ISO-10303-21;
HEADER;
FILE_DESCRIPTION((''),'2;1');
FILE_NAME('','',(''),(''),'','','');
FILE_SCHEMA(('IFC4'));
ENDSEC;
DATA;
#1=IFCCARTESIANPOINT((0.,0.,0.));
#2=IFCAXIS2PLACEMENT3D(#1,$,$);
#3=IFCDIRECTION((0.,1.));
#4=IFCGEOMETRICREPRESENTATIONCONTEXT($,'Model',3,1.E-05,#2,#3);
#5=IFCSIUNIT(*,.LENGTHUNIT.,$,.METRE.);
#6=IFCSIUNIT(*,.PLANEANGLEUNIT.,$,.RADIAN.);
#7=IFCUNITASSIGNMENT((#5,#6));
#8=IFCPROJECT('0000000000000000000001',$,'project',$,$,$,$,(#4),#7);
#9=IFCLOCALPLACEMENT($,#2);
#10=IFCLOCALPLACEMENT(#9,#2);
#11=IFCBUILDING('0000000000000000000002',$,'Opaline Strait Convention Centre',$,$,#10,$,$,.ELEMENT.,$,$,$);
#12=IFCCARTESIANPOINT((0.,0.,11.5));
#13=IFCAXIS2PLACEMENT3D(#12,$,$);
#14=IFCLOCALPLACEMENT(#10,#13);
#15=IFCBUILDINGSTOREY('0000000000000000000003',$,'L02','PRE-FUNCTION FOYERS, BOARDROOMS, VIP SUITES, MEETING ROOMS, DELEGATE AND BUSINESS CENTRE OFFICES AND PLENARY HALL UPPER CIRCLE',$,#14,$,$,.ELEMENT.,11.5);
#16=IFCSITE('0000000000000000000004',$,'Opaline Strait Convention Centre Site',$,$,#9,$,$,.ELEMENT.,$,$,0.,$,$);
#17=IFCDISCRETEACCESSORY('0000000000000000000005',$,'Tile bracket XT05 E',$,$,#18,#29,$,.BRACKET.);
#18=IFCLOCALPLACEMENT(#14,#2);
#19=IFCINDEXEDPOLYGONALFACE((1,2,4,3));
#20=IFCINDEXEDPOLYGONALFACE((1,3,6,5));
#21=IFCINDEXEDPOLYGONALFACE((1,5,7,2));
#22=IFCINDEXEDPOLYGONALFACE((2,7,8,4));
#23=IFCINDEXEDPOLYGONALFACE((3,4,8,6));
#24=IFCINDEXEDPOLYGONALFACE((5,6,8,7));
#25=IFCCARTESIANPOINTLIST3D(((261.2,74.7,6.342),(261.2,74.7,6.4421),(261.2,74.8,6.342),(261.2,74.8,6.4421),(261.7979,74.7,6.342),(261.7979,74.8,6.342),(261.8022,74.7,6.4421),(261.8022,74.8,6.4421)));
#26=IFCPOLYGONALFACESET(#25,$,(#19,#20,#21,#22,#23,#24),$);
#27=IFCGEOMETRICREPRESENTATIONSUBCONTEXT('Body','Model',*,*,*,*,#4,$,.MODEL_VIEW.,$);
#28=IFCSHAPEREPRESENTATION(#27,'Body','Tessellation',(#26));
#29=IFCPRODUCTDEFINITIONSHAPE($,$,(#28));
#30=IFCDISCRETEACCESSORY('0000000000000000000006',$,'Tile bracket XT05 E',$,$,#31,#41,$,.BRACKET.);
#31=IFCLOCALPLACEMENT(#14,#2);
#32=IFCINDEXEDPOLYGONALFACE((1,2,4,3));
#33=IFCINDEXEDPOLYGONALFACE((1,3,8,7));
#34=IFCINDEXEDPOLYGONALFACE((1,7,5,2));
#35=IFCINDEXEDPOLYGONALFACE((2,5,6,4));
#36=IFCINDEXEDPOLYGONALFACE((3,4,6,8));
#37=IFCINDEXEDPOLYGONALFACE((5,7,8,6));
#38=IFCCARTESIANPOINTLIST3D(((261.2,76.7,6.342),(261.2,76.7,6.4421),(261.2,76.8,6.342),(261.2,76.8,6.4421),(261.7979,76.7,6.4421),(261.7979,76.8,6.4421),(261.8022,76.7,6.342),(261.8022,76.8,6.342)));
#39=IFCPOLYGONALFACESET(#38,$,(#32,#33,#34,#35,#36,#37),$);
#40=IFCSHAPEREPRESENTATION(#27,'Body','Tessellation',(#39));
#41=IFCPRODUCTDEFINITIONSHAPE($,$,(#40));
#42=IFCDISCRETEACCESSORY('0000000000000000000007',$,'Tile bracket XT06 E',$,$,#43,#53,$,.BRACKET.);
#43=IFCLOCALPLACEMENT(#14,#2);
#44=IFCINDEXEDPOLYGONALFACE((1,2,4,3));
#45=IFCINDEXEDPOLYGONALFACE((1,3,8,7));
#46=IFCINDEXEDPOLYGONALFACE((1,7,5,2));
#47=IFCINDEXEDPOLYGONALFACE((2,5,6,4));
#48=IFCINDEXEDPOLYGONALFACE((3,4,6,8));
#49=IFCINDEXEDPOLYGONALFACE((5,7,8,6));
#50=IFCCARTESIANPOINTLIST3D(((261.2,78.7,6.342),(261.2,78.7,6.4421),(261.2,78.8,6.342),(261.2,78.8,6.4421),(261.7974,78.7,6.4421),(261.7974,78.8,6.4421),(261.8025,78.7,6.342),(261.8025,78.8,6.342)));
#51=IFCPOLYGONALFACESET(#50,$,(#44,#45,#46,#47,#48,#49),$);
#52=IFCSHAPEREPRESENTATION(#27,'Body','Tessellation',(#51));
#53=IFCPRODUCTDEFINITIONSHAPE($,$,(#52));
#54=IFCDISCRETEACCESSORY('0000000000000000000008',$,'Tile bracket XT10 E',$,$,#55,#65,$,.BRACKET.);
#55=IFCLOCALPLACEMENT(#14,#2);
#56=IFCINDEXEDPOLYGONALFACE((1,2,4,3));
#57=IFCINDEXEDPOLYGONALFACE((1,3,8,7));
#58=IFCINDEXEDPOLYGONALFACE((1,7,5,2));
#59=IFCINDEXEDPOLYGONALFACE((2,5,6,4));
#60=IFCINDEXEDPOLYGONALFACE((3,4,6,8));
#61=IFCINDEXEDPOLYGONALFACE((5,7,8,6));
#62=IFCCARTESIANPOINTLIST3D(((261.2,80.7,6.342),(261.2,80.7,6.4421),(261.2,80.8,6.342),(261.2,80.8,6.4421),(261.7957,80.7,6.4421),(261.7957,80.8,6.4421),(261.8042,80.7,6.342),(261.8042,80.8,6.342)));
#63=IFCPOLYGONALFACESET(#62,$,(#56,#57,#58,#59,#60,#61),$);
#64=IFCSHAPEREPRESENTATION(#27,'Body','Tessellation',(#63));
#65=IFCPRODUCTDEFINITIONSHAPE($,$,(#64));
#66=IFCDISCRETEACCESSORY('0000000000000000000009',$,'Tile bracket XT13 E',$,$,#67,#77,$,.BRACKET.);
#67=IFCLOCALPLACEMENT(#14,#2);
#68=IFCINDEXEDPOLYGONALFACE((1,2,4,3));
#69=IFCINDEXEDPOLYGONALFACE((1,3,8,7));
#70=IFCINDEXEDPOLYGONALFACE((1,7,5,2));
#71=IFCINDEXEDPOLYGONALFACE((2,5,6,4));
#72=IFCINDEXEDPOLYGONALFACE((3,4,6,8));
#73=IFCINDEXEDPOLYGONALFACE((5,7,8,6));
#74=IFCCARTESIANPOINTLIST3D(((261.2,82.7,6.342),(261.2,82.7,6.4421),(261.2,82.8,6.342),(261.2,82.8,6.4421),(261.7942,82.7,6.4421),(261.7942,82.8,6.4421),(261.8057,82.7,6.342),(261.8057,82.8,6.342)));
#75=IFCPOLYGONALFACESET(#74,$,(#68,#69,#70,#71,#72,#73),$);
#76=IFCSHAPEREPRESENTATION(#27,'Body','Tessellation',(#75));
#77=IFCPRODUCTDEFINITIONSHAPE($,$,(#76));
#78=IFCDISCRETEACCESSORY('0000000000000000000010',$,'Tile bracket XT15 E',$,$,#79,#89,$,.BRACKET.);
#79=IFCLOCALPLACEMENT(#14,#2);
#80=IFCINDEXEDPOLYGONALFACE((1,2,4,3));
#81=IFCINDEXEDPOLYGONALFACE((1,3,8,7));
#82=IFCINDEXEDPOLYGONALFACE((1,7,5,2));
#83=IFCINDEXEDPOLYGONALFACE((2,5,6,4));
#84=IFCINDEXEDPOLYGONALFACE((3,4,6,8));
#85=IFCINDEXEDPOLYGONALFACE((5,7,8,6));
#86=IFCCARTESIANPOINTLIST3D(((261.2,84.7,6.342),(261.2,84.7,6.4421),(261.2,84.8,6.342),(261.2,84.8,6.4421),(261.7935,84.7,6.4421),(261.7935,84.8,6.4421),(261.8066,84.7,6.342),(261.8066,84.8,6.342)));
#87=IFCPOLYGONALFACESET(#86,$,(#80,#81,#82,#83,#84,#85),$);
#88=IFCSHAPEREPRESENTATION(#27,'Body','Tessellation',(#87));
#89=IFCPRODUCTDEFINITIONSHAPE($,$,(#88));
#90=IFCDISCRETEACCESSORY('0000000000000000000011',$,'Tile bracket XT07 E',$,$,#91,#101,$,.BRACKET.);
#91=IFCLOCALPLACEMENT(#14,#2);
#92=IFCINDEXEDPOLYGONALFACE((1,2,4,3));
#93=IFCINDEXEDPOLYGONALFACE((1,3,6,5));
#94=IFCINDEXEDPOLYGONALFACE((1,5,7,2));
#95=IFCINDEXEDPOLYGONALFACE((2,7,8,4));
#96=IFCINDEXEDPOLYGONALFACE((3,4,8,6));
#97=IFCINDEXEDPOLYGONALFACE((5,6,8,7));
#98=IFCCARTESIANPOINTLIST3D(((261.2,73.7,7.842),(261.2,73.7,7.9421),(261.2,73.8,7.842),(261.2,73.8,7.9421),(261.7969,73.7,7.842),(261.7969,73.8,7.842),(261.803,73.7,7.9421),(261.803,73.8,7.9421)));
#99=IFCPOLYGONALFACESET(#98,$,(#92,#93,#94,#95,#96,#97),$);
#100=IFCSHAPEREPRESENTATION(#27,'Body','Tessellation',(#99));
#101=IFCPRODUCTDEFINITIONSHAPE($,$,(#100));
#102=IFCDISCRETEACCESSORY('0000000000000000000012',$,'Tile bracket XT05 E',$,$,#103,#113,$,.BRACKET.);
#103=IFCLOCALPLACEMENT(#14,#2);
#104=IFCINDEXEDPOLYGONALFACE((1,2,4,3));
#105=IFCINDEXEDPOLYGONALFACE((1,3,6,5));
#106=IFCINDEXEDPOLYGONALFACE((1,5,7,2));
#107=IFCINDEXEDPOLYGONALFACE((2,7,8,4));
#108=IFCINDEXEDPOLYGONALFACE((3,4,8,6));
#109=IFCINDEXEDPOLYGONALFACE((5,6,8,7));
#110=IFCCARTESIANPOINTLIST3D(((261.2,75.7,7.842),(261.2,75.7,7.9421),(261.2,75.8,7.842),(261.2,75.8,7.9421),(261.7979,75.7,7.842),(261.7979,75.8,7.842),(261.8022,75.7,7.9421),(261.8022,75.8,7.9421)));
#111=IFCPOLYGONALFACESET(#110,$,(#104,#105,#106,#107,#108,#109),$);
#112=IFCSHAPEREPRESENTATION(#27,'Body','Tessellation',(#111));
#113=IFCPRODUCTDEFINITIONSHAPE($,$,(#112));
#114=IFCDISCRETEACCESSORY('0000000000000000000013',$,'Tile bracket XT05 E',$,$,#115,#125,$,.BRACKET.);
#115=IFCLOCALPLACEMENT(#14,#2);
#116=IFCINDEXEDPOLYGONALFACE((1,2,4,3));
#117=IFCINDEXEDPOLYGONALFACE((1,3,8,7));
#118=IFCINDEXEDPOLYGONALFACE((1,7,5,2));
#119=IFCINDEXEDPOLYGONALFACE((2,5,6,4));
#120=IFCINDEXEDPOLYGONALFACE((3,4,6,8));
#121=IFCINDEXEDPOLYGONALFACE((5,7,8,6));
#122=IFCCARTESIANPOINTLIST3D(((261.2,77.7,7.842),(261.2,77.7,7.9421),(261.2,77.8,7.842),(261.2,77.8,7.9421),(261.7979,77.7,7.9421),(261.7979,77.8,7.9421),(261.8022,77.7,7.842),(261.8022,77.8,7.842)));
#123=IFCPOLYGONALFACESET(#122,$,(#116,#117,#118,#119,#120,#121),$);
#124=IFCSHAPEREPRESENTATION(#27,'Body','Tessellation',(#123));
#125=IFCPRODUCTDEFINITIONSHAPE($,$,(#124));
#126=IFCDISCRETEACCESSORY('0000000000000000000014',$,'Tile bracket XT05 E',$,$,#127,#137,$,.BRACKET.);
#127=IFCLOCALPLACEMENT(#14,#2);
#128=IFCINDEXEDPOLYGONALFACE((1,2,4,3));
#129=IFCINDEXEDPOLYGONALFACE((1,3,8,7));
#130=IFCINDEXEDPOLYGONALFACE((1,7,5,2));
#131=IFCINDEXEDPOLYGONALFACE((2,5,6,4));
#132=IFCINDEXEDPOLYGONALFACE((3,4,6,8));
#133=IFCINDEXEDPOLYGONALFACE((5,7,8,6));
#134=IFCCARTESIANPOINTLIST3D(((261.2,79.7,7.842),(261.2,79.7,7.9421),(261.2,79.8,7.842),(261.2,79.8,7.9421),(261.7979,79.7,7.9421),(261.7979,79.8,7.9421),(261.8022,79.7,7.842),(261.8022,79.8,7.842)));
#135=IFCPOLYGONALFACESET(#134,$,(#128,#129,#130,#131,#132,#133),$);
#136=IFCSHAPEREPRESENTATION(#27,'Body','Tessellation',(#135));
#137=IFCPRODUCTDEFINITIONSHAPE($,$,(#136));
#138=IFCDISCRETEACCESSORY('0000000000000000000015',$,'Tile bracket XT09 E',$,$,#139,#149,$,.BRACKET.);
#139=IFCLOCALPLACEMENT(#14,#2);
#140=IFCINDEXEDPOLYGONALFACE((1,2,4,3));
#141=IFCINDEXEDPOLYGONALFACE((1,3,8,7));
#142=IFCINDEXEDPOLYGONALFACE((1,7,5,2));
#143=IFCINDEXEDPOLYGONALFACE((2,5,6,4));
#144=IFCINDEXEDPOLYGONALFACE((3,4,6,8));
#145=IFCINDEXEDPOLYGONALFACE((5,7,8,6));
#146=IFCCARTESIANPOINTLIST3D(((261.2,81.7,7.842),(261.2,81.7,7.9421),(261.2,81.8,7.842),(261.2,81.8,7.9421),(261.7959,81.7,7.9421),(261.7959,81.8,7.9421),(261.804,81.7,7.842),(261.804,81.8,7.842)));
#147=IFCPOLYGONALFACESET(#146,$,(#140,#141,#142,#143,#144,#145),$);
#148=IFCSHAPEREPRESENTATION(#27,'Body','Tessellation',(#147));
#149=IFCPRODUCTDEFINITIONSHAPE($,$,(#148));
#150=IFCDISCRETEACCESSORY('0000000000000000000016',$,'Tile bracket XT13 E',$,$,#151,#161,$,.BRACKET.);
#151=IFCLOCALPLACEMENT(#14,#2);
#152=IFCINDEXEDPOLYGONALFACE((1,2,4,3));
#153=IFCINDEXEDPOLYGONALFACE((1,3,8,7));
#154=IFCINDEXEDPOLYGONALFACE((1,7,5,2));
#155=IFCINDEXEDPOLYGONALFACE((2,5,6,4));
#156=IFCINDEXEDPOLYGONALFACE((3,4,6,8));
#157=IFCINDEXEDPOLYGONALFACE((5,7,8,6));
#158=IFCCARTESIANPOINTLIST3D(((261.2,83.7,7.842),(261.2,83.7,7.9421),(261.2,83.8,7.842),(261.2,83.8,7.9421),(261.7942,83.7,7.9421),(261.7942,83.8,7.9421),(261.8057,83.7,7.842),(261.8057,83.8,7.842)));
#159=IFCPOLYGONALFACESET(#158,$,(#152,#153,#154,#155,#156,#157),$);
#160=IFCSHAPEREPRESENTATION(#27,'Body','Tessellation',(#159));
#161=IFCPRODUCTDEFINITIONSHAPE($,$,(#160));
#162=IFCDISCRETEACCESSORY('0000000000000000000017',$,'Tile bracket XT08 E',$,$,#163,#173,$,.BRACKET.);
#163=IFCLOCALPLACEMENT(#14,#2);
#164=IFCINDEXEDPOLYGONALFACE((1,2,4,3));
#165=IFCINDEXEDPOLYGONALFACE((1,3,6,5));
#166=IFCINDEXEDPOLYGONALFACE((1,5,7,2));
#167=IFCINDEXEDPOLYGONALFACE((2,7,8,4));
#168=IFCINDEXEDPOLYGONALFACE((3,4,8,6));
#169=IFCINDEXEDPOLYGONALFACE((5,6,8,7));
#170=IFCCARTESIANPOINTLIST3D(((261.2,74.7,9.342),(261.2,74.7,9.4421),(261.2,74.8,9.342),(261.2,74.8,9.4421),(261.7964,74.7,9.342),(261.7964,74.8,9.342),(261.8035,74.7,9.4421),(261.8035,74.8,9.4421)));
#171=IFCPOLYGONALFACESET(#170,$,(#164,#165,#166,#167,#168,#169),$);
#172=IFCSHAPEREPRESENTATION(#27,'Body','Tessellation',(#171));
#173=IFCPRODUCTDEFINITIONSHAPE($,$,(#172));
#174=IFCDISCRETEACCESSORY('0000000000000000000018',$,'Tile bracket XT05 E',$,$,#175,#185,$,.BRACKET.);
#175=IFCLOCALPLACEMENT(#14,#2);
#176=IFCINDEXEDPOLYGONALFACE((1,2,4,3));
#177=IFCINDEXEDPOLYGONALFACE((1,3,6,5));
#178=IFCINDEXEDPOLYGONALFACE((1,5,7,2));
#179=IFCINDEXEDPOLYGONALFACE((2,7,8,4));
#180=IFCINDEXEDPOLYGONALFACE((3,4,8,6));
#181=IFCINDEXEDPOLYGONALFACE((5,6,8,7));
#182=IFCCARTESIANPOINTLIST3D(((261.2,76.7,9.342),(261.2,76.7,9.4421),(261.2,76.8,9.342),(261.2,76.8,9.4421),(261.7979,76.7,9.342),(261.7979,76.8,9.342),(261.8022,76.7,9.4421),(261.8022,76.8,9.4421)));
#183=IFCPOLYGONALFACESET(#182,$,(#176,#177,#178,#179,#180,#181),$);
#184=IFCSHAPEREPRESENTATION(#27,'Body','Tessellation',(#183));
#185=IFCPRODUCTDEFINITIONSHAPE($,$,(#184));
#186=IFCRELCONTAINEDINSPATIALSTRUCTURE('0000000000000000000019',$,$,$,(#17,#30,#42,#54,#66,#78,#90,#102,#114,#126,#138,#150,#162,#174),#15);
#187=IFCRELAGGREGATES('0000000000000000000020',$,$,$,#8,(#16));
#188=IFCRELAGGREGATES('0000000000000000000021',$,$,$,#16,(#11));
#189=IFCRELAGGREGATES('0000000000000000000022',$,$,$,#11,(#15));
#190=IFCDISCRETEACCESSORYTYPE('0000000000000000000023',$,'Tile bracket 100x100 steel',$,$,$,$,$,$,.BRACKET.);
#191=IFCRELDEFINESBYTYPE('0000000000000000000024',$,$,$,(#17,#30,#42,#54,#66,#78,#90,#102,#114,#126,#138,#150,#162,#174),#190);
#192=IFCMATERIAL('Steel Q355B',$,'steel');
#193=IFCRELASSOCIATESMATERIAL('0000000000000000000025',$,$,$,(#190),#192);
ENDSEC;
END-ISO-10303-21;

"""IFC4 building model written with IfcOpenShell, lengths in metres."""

from ifc_helpers import new_model, si_unit, direction, frame, origin, place, context, subcontext, project, spatial, polyline, outline, extrude, material, type_object, element, save


model = new_model("IFC4")

# Units and contexts
model_context = context("Model", 3, precision=1e-05, world=origin(), true_north=direction((0.0, 1.0)))
body_context = subcontext(model_context, "Body", "Model", "MODEL_VIEW")
ifc_project = project(units=[si_unit("LENGTHUNIT", "METRE"), si_unit("PLANEANGLEUNIT", "RADIAN")], contexts=[model_context])

# Site, building, storey
site_placement = place(None, origin())
site = spatial("IfcSite", under=ifc_project, at=site_placement, Name="Opaline Strait Convention Centre Site", CompositionType="ELEMENT", RefElevation=0.0)
building_placement = place(site_placement, origin())
building = spatial("IfcBuilding", under=site, at=building_placement, Name="Opaline Strait Convention Centre", CompositionType="ELEMENT")
storey_placement = place(building_placement, frame((0.0, 0.0, 11.5)))
storey = spatial("IfcBuildingStorey", under=building, at=storey_placement, Name="L02", Description="PRE-FUNCTION FOYERS, BOARDROOMS, VIP SUITES, MEETING ROOMS, DELEGATE AND BUSINESS CENTRE OFFICES AND PLENARY HALL UPPER CIRCLE", CompositionType="ELEMENT", Elevation=11.5)

# Shared definitions
ifc_material_1 = material(Name="Steel Q355B", Category="steel")

# Discrete accessories
discrete_accessory_type = type_object("IfcDiscreteAccessoryType", Name="Tile bracket 100x100 steel", PredefinedType="BRACKET", material=ifc_material_1)
discrete_accessory_1_placement = place(storey_placement, frame((261.2, 74.7, 6.3921), z_axis=(0.0, 1.0, 0.0), x_axis=(-1.0, 0.0, 0.0)))
element("IfcDiscreteAccessory", 1, at=discrete_accessory_1_placement, inside=storey, type_object=discrete_accessory_type, Name="Tile bracket XT05 E", PredefinedType="BRACKET", context=body_context, shape_type="SweptSolid", body=[
    extrude(outline(polyline([(0.0, -0.05), (0.0, 0.05), (-0.6023, 0.05), (-0.5979, -0.05), (0.0, -0.05)])), origin(), (0.0, 0.0, 1.0), 0.1001),
])
discrete_accessory_2_placement = place(storey_placement, frame((261.2, 76.7, 6.3921), z_axis=(0.0, 1.0, 0.0), x_axis=(-1.0, 0.0, 0.0)))
element("IfcDiscreteAccessory", 2, at=discrete_accessory_2_placement, inside=storey, type_object=discrete_accessory_type, Name="Tile bracket XT05 E", PredefinedType="BRACKET", context=body_context, shape_type="SweptSolid", body=[
    extrude(outline(polyline([(0.0, -0.05), (0.0, 0.05), (-0.5979, 0.05), (-0.6023, -0.05), (0.0, -0.05)])), origin(), (0.0, 0.0, 1.0), 0.1001),
])
discrete_accessory_3_placement = place(storey_placement, frame((261.2, 78.7, 6.3921), z_axis=(0.0, 1.0, 0.0), x_axis=(-1.0, 0.0, 0.0)))
element("IfcDiscreteAccessory", 3, at=discrete_accessory_3_placement, inside=storey, type_object=discrete_accessory_type, Name="Tile bracket XT06 E", PredefinedType="BRACKET", context=body_context, shape_type="SweptSolid", body=[
    extrude(outline(polyline([(0.0, -0.05), (0.0, 0.05), (-0.5974, 0.05), (-0.6025, -0.05), (0.0, -0.05)])), origin(), (0.0, 0.0, 1.0), 0.1001),
])
discrete_accessory_4_placement = place(storey_placement, frame((261.2, 80.7, 6.3921), z_axis=(0.0, 1.0, 0.0), x_axis=(-1.0, 0.0, 0.0)))
element("IfcDiscreteAccessory", 4, at=discrete_accessory_4_placement, inside=storey, type_object=discrete_accessory_type, Name="Tile bracket XT10 E", PredefinedType="BRACKET", context=body_context, shape_type="SweptSolid", body=[
    extrude(outline(polyline([(0.0, -0.05), (0.0, 0.05), (-0.5957, 0.05), (-0.6042, -0.05), (0.0, -0.05)])), origin(), (0.0, 0.0, 1.0), 0.1001),
])
discrete_accessory_5_placement = place(storey_placement, frame((261.2, 82.7, 6.3921), z_axis=(0.0, 1.0, 0.0), x_axis=(-1.0, 0.0, 0.0)))
element("IfcDiscreteAccessory", 5, at=discrete_accessory_5_placement, inside=storey, type_object=discrete_accessory_type, Name="Tile bracket XT13 E", PredefinedType="BRACKET", context=body_context, shape_type="SweptSolid", body=[
    extrude(outline(polyline([(0.0, -0.05), (0.0, 0.05), (-0.5942, 0.05), (-0.6057, -0.05), (0.0, -0.05)])), origin(), (0.0, 0.0, 1.0), 0.1001),
])
discrete_accessory_6_placement = place(storey_placement, frame((261.2, 84.7, 6.3921), z_axis=(0.0, 1.0, 0.0), x_axis=(-1.0, 0.0, 0.0)))
element("IfcDiscreteAccessory", 6, at=discrete_accessory_6_placement, inside=storey, type_object=discrete_accessory_type, Name="Tile bracket XT15 E", PredefinedType="BRACKET", context=body_context, shape_type="SweptSolid", body=[
    extrude(outline(polyline([(0.0, -0.05), (0.0, 0.05), (-0.5935, 0.05), (-0.6067, -0.05), (0.0, -0.05)])), origin(), (0.0, 0.0, 1.0), 0.1001),
])
discrete_accessory_7_placement = place(storey_placement, frame((261.2, 73.7, 7.8921), z_axis=(0.0, 1.0, 0.0), x_axis=(-1.0, 0.0, 0.0)))
element("IfcDiscreteAccessory", 7, at=discrete_accessory_7_placement, inside=storey, type_object=discrete_accessory_type, Name="Tile bracket XT07 E", PredefinedType="BRACKET", context=body_context, shape_type="SweptSolid", body=[
    extrude(outline(polyline([(0.0, -0.05), (0.0, 0.05), (-0.603, 0.05), (-0.5969, -0.05), (0.0, -0.05)])), origin(), (0.0, 0.0, 1.0), 0.1001),
])
discrete_accessory_8_placement = place(storey_placement, frame((261.2, 75.7, 7.8921), z_axis=(0.0, 1.0, 0.0), x_axis=(-1.0, 0.0, 0.0)))
element("IfcDiscreteAccessory", 8, at=discrete_accessory_8_placement, inside=storey, type_object=discrete_accessory_type, Name="Tile bracket XT05 E", PredefinedType="BRACKET", context=body_context, shape_type="SweptSolid", body=[
    extrude(outline(polyline([(0.0, -0.05), (0.0, 0.05), (-0.6023, 0.05), (-0.5979, -0.05), (0.0, -0.05)])), origin(), (0.0, 0.0, 1.0), 0.1001),
])
for number, where, z_axis, x_axis, name in (
    (9, (261.2, 77.7, 7.8921), (0.0, 1.0, 0.0), (-1.0, 0.0, 0.0), "Tile bracket XT05 E"),
    (10, (261.2, 79.7, 7.8921), (0.0, 1.0, 0.0), (-1.0, 0.0, 0.0), "Tile bracket XT05 E"),
):
    element("IfcDiscreteAccessory", number, at=place(storey_placement, frame(where, z_axis=z_axis, x_axis=x_axis)), inside=storey, type_object=discrete_accessory_type, Name=name, PredefinedType="BRACKET", context=body_context, shape_type="SweptSolid", body=[
        extrude(outline(polyline([(0.0, -0.05), (0.0, 0.05), (-0.5979, 0.05), (-0.6023, -0.05), (0.0, -0.05)])), origin(), (0.0, 0.0, 1.0), 0.1001),
    ])
discrete_accessory_9_placement = place(storey_placement, frame((261.2, 81.7, 7.8921), z_axis=(0.0, 1.0, 0.0), x_axis=(-1.0, 0.0, 0.0)))
element("IfcDiscreteAccessory", 11, at=discrete_accessory_9_placement, inside=storey, type_object=discrete_accessory_type, Name="Tile bracket XT09 E", PredefinedType="BRACKET", context=body_context, shape_type="SweptSolid", body=[
    extrude(outline(polyline([(0.0, -0.05), (0.0, 0.05), (-0.5959, 0.05), (-0.604, -0.05), (0.0, -0.05)])), origin(), (0.0, 0.0, 1.0), 0.1001),
])
discrete_accessory_10_placement = place(storey_placement, frame((261.2, 83.7, 7.8921), z_axis=(0.0, 1.0, 0.0), x_axis=(-1.0, 0.0, 0.0)))
element("IfcDiscreteAccessory", 12, at=discrete_accessory_10_placement, inside=storey, type_object=discrete_accessory_type, Name="Tile bracket XT13 E", PredefinedType="BRACKET", context=body_context, shape_type="SweptSolid", body=[
    extrude(outline(polyline([(0.0, -0.05), (0.0, 0.05), (-0.5942, 0.05), (-0.6057, -0.05), (0.0, -0.05)])), origin(), (0.0, 0.0, 1.0), 0.1001),
])
discrete_accessory_11_placement = place(storey_placement, frame((261.2, 74.7, 9.3921), z_axis=(0.0, 1.0, 0.0), x_axis=(-1.0, 0.0, 0.0)))
element("IfcDiscreteAccessory", 13, at=discrete_accessory_11_placement, inside=storey, type_object=discrete_accessory_type, Name="Tile bracket XT08 E", PredefinedType="BRACKET", context=body_context, shape_type="SweptSolid", body=[
    extrude(outline(polyline([(0.0, -0.05), (0.0, 0.05), (-0.6035, 0.05), (-0.5964, -0.05), (0.0, -0.05)])), origin(), (0.0, 0.0, 1.0), 0.1001),
])
discrete_accessory_12_placement = place(storey_placement, frame((261.2, 76.7, 9.3921), z_axis=(0.0, 1.0, 0.0), x_axis=(-1.0, 0.0, 0.0)))
element("IfcDiscreteAccessory", 14, at=discrete_accessory_12_placement, inside=storey, type_object=discrete_accessory_type, Name="Tile bracket XT05 E", PredefinedType="BRACKET", context=body_context, shape_type="SweptSolid", body=[
    extrude(outline(polyline([(0.0, -0.05), (0.0, 0.05), (-0.6023, 0.05), (-0.5979, -0.05), (0.0, -0.05)])), origin(), (0.0, 0.0, 1.0), 0.1001),
])

save(model, "model.ifc")
